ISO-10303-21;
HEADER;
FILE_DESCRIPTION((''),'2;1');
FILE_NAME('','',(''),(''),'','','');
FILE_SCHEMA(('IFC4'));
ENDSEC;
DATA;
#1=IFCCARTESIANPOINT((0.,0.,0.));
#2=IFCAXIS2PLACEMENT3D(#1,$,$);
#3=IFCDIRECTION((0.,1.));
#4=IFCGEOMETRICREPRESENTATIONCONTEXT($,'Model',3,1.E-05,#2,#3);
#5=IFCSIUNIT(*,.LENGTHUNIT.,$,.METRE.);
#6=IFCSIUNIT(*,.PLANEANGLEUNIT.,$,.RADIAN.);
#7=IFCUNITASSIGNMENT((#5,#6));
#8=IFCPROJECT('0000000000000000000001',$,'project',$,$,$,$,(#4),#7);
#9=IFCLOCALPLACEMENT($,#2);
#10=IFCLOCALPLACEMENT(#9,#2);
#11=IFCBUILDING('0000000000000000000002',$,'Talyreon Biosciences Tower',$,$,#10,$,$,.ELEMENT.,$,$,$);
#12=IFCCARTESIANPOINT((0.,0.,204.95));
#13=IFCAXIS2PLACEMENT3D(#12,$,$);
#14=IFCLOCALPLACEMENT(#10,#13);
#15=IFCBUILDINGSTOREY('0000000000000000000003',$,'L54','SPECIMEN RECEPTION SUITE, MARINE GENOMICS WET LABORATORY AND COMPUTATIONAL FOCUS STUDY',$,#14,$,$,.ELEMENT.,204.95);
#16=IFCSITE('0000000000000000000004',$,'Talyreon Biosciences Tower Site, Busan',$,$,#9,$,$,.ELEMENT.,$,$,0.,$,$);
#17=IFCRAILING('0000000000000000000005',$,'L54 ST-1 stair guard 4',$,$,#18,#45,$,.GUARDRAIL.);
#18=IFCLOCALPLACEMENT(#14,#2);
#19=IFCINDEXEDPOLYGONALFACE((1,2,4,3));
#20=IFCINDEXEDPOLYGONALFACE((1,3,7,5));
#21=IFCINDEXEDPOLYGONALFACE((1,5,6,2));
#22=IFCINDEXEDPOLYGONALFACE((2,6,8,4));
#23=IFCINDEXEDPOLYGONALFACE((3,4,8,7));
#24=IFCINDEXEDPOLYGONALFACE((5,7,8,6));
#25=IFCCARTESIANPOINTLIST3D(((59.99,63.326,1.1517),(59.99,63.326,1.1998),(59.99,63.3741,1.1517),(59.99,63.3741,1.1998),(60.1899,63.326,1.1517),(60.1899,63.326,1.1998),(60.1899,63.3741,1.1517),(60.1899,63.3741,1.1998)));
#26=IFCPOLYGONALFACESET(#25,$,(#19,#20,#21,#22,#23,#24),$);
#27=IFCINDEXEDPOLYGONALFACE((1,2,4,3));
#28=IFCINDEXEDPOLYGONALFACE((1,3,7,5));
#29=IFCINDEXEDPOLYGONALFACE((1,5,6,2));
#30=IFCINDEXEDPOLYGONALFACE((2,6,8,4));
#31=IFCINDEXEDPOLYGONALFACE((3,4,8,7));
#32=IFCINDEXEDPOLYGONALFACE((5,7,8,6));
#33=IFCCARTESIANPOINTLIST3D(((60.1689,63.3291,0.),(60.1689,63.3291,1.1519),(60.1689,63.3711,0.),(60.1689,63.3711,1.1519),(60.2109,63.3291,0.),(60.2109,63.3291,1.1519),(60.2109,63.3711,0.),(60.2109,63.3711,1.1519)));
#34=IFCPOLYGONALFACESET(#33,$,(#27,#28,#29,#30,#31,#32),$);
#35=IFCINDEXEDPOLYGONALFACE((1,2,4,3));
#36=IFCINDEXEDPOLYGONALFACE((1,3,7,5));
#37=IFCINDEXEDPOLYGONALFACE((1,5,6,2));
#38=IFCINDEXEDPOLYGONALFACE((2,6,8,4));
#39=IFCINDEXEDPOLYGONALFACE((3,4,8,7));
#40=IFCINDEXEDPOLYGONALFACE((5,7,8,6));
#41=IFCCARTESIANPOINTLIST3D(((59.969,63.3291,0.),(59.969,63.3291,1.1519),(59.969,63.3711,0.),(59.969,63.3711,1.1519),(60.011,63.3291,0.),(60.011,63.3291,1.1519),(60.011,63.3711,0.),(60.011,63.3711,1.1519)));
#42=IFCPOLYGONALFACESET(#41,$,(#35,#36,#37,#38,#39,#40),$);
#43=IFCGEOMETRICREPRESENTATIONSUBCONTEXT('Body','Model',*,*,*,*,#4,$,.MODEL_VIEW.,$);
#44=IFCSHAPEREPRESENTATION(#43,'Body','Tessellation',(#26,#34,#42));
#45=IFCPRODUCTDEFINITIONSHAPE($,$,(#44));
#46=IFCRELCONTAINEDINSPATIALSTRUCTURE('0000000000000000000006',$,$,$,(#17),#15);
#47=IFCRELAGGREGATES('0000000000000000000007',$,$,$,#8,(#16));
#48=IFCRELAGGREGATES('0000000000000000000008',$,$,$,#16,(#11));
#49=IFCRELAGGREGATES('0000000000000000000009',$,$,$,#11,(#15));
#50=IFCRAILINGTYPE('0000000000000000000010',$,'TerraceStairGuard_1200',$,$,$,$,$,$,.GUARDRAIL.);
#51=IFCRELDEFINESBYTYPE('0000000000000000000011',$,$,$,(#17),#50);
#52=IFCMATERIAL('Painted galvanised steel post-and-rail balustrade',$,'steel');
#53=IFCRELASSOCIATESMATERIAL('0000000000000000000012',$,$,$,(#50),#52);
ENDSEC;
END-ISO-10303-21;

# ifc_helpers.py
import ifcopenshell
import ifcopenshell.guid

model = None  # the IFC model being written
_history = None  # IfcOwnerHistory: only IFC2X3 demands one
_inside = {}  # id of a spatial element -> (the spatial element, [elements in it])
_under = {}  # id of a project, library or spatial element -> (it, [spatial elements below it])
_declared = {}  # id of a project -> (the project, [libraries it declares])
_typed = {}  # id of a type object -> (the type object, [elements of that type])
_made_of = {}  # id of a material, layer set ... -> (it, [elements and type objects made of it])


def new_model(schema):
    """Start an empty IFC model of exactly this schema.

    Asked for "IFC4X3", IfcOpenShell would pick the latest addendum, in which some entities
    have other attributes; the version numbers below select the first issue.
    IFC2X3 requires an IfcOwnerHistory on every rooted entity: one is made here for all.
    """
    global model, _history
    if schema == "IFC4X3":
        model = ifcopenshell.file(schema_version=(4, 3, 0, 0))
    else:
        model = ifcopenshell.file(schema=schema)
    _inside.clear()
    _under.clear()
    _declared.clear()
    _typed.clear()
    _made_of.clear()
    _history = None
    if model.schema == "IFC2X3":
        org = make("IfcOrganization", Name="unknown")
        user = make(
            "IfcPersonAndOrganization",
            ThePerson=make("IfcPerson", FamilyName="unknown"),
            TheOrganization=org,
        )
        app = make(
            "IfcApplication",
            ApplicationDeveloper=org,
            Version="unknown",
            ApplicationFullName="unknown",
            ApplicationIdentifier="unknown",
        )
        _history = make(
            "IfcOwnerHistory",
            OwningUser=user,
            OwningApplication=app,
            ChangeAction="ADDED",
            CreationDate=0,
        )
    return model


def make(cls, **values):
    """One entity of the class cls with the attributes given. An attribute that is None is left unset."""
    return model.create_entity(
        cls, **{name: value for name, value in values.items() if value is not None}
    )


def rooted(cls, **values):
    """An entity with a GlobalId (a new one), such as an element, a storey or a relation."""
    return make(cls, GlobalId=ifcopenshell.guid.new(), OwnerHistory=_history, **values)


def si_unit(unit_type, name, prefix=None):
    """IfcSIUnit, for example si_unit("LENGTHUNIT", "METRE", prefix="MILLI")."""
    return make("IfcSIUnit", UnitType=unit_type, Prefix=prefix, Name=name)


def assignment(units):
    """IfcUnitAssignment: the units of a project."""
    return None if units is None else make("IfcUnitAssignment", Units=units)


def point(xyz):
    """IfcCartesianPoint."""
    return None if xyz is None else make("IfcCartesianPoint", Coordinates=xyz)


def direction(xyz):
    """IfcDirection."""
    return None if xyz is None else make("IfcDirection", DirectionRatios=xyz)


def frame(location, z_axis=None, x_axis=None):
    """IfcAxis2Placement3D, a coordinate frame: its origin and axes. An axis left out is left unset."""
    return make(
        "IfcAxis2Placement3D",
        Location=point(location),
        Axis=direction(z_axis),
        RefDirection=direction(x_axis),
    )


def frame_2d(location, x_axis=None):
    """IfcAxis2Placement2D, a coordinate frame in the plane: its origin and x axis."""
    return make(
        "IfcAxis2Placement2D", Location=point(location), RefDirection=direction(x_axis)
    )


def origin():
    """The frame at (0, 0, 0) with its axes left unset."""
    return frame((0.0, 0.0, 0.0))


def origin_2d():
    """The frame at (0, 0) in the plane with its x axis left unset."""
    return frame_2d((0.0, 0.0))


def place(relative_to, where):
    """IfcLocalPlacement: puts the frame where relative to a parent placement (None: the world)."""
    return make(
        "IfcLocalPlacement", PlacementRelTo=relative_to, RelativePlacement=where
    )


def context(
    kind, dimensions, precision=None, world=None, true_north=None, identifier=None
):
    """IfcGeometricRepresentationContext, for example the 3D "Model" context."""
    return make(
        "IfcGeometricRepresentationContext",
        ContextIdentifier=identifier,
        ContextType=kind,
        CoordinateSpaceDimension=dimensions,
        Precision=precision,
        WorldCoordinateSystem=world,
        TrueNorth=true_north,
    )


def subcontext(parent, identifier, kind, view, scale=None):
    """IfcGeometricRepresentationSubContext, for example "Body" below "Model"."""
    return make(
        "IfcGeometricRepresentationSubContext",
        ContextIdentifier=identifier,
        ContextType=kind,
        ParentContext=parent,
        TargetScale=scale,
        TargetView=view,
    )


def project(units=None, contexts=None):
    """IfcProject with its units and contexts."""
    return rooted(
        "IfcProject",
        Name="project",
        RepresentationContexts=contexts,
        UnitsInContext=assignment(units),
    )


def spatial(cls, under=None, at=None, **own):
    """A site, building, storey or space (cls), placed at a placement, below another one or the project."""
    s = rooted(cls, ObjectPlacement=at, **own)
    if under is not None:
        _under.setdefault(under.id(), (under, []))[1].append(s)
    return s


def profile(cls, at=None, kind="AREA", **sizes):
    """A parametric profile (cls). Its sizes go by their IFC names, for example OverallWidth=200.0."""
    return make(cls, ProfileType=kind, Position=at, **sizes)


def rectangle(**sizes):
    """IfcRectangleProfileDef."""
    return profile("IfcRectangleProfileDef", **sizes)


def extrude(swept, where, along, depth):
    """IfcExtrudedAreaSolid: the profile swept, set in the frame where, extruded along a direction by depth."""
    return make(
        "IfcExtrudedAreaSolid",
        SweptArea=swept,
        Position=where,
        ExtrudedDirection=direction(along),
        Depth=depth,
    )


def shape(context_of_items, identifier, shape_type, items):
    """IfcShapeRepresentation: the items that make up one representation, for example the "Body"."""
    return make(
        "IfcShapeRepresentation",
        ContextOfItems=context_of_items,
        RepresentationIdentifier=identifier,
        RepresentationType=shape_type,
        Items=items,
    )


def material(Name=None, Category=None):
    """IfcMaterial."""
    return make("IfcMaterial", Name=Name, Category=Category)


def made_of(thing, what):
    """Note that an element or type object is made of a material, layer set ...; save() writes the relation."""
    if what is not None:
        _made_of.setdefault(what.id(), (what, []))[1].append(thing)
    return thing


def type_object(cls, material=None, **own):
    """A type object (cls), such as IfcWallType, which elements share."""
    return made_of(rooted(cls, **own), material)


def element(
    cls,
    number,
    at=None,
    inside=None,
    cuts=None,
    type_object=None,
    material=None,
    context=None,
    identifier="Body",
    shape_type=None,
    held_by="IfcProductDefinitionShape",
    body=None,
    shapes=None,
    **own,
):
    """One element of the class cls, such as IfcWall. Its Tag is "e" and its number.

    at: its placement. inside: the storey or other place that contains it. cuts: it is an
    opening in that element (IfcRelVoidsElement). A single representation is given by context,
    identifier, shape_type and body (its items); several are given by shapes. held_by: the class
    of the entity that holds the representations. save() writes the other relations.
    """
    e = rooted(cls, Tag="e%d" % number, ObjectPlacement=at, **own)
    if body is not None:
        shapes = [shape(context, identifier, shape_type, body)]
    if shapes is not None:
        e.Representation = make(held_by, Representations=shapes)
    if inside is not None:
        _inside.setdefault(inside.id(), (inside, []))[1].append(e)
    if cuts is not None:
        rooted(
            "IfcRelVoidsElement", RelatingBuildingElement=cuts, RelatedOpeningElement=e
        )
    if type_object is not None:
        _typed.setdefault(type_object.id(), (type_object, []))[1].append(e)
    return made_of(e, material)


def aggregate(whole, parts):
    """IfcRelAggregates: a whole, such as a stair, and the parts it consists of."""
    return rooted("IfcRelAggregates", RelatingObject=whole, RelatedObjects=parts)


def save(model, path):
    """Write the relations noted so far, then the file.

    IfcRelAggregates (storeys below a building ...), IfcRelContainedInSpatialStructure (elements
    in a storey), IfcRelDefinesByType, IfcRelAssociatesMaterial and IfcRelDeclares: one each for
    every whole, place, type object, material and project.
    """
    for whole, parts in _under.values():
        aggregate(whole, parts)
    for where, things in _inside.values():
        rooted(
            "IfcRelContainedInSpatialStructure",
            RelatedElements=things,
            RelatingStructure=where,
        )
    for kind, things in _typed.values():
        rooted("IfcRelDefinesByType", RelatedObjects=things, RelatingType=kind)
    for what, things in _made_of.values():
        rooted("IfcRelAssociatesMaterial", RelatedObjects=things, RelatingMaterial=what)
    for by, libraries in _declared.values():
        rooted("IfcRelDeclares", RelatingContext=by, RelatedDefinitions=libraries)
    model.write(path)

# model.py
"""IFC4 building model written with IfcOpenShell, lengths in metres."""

from ifc_helpers import new_model, si_unit, direction, frame, origin, origin_2d, place, context, subcontext, project, spatial, rectangle, extrude, material, type_object, element, save


model = new_model("IFC4")

# Units and contexts
model_context = context("Model", 3, precision=1e-05, world=origin(), true_north=direction((0.0, 1.0)))
body_context = subcontext(model_context, "Body", "Model", "MODEL_VIEW")
ifc_project = project(units=[si_unit("LENGTHUNIT", "METRE"), si_unit("PLANEANGLEUNIT", "RADIAN")], contexts=[model_context])

# Site, building, storey
site_placement = place(None, origin())
site = spatial("IfcSite", under=ifc_project, at=site_placement, Name="Talyreon Biosciences Tower Site, Busan", CompositionType="ELEMENT", RefElevation=0.0)
building_placement = place(site_placement, origin())
building = spatial("IfcBuilding", under=site, at=building_placement, Name="Talyreon Biosciences Tower", CompositionType="ELEMENT")
storey_placement = place(building_placement, frame((0.0, 0.0, 204.95)))
storey = spatial("IfcBuildingStorey", under=building, at=storey_placement, Name="L54", Description="SPECIMEN RECEPTION SUITE, MARINE GENOMICS WET LABORATORY AND COMPUTATIONAL FOCUS STUDY", CompositionType="ELEMENT", Elevation=204.95)

# Railing
ifc_material_1 = material(Name="Painted galvanised steel post-and-rail balustrade", Category="steel")
railing_type_1 = type_object("IfcRailingType", Name="TerraceStairGuard_1200", PredefinedType="GUARDRAIL", material=ifc_material_1)
railing_1_placement = place(storey_placement, frame((60.1899, 63.3501, 0.0)))
element("IfcRailing", 1, at=railing_1_placement, inside=storey, type_object=railing_type_1, Name="L54 ST-1 stair guard 4", PredefinedType="GUARDRAIL", context=body_context, shape_type="SweptSolid", body=[
    extrude(rectangle(XDim=0.0481, YDim=0.0481, at=origin_2d()), frame((0.0, 0.0, 1.1758), z_axis=(-1.0, 0.0, 0.0), x_axis=(0.0, -1.0, 0.0)), (0.0, 0.0, 1.0), 0.2),
    extrude(rectangle(XDim=0.042, YDim=0.042, at=origin_2d()), origin(), (0.0, 0.0, 1.0), 1.1519),
    extrude(rectangle(XDim=0.042, YDim=0.042, at=origin_2d()), frame((-0.2, 0.0, 0.0)), (0.0, 0.0, 1.0), 1.1519),
])

save(model, "model.ifc")
